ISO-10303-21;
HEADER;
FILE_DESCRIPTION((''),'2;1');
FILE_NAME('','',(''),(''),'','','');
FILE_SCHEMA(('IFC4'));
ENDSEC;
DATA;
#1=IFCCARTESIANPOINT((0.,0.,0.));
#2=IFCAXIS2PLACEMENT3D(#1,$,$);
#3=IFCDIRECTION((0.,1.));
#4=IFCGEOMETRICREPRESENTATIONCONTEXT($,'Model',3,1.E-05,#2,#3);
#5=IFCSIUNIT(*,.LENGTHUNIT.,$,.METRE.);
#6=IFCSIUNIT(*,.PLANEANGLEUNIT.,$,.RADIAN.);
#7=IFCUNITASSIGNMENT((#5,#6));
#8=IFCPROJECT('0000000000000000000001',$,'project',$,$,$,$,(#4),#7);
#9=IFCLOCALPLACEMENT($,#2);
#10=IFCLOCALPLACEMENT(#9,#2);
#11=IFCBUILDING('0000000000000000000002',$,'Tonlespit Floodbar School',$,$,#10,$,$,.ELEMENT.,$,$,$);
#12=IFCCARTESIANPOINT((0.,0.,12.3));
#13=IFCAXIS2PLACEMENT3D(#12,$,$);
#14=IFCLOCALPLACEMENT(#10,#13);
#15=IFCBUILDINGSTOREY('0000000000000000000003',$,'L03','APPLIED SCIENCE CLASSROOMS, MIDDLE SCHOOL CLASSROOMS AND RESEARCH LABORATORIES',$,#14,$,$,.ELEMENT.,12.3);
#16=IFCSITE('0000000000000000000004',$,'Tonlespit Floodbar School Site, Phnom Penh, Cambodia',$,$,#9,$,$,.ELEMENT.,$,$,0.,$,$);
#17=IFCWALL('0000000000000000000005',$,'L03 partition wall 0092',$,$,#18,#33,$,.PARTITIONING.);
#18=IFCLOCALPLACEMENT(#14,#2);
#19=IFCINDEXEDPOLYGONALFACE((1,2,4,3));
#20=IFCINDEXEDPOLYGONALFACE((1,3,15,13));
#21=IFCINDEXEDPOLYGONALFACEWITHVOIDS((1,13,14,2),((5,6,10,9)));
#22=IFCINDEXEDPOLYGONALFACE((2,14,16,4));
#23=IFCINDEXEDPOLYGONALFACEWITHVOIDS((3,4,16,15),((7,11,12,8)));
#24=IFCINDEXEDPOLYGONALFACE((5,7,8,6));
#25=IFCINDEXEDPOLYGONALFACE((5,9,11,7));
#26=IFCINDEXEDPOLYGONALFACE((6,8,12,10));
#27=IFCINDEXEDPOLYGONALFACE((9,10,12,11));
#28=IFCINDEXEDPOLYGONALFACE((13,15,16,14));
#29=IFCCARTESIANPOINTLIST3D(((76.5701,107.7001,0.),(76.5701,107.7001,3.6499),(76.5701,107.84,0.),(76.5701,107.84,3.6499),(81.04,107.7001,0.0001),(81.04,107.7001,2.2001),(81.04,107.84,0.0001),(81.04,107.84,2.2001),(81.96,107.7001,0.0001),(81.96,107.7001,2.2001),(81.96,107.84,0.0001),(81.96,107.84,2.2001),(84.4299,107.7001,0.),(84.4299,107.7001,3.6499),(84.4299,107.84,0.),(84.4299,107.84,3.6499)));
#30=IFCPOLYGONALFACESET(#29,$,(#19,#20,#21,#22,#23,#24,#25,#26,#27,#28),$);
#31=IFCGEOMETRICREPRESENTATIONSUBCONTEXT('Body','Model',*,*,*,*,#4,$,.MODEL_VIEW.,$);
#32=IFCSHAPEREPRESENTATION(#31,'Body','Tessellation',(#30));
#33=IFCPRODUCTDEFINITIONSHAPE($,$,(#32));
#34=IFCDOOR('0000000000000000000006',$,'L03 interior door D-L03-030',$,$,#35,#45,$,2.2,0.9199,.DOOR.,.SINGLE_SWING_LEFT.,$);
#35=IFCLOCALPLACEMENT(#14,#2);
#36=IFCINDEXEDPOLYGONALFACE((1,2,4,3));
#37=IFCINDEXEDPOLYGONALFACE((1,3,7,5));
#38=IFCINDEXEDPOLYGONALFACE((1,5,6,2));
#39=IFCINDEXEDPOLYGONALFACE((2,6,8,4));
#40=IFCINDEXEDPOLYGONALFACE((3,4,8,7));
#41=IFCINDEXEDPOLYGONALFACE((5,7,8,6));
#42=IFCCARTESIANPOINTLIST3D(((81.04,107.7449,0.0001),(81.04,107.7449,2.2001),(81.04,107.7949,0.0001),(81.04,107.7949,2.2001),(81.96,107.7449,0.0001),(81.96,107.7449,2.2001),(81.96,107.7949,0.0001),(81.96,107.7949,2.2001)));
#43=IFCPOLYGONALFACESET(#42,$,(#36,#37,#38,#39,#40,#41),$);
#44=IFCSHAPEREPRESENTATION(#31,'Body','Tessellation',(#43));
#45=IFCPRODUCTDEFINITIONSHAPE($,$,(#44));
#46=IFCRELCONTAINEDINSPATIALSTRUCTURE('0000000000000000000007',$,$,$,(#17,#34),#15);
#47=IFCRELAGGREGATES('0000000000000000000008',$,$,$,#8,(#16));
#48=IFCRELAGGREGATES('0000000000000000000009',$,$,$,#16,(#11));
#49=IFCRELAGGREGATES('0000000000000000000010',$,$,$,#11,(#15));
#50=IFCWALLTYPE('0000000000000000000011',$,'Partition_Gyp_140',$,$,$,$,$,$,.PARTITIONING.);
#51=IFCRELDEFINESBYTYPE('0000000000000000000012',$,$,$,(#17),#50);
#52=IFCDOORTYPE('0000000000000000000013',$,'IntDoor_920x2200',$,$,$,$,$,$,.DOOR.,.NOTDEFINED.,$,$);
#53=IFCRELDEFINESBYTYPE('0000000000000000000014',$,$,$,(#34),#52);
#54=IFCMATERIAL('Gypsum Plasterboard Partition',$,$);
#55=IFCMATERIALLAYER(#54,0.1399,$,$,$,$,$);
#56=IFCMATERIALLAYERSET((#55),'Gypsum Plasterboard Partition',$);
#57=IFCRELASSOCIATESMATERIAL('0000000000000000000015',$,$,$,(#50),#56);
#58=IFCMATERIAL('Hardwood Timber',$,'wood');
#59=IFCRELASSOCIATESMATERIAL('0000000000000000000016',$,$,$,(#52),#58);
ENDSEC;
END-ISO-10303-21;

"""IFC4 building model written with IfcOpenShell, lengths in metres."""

from ifc_helpers import new_model, si_unit, direction, frame, frame_2d, origin, place, context, subcontext, project, spatial, rectangle, extrude, material, layer, layer_set, type_object, element, fill, save


model = new_model("IFC4")

# Units and contexts
model_context = context("Model", 3, precision=1e-05, world=origin(), true_north=direction((0.0, 1.0)))
body_context = subcontext(model_context, "Body", "Model", "MODEL_VIEW")
ifc_project = project(units=[si_unit("LENGTHUNIT", "METRE"), si_unit("PLANEANGLEUNIT", "RADIAN")], contexts=[model_context])

# Site, building, storey
site_placement = place(None, origin())
site = spatial("IfcSite", under=ifc_project, at=site_placement, Name="Tonlespit Floodbar School Site, Phnom Penh, Cambodia", CompositionType="ELEMENT", RefElevation=0.0)
building_placement = place(site_placement, origin())
building = spatial("IfcBuilding", under=site, at=building_placement, Name="Tonlespit Floodbar School", CompositionType="ELEMENT")
storey_placement = place(building_placement, frame((0.0, 0.0, 12.3)))
storey = spatial("IfcBuildingStorey", under=building, at=storey_placement, Name="L03", Description="APPLIED SCIENCE CLASSROOMS, MIDDLE SCHOOL CLASSROOMS AND RESEARCH LABORATORIES", CompositionType="ELEMENT", Elevation=12.3)

# Shared definitions
ifc_material_1 = material(Name="Gypsum Plasterboard Partition")

# Wall, opening, door
ifc_layer_1 = layer(ifc_material_1, 0.1399)
ifc_layer_set_1 = layer_set([ifc_layer_1], Name="Gypsum Plasterboard Partition")
wall_type_1 = type_object("IfcWallType", Name="Partition_Gyp_140", PredefinedType="PARTITIONING", material=ifc_layer_set_1)
wall_1_placement = place(storey_placement, frame((76.5701, 107.77, 0.0), z_axis=(0.0, 0.0, 1.0), x_axis=(1.0, 0.0, 0.0)))
wall_1 = element("IfcWall", 1, at=wall_1_placement, inside=storey, type_object=wall_type_1, Name="L03 partition wall 0092", PredefinedType="PARTITIONING", context=body_context, shape_type="SweptSolid", body=[
    extrude(rectangle(XDim=7.8599, YDim=0.1399, at=frame_2d((3.9299, 0.0))), origin(), (0.0, 0.0, 1.0), 3.6499),
])
opening_1_placement = place(wall_1_placement, frame((4.47, 0.0, 0.0)))
opening_1 = element("IfcOpeningElement", 2, at=opening_1_placement, cuts=wall_1, PredefinedType="OPENING", context=body_context, shape_type="SweptSolid", body=[
    extrude(rectangle(XDim=0.9199, YDim=2.2, at=frame_2d((0.46, 1.1001))), frame((0.0, 0.0798, 0.0), z_axis=(0.0, -1.0, 0.0), x_axis=(1.0, 0.0, 0.0)), (0.0, 0.0, 1.0), 0.1599),
])
ifc_material_2 = material(Name="Hardwood Timber", Category="wood")
door_type_1 = type_object("IfcDoorType", Name="IntDoor_920x2200", OperationType="NOTDEFINED", PredefinedType="DOOR", material=ifc_material_2)
door_1_placement = place(opening_1_placement, origin())
door_1 = element("IfcDoor", 3, at=door_1_placement, inside=storey, type_object=door_type_1, Name="L03 interior door D-L03-030", OperationType="SINGLE_SWING_LEFT", OverallHeight=2.2, OverallWidth=0.9199, PredefinedType="DOOR", context=body_context, shape_type="SweptSolid", body=[
    extrude(rectangle(XDim=0.9199, YDim=2.2, at=frame_2d((0.46, 1.1001))), frame((0.0, 0.0249, 0.0), z_axis=(0.0, -1.0, 0.0), x_axis=(1.0, 0.0, 0.0)), (0.0, 0.0, 1.0), 0.05),
])
fill(opening_1, door_1)

save(model, "model.ifc")
